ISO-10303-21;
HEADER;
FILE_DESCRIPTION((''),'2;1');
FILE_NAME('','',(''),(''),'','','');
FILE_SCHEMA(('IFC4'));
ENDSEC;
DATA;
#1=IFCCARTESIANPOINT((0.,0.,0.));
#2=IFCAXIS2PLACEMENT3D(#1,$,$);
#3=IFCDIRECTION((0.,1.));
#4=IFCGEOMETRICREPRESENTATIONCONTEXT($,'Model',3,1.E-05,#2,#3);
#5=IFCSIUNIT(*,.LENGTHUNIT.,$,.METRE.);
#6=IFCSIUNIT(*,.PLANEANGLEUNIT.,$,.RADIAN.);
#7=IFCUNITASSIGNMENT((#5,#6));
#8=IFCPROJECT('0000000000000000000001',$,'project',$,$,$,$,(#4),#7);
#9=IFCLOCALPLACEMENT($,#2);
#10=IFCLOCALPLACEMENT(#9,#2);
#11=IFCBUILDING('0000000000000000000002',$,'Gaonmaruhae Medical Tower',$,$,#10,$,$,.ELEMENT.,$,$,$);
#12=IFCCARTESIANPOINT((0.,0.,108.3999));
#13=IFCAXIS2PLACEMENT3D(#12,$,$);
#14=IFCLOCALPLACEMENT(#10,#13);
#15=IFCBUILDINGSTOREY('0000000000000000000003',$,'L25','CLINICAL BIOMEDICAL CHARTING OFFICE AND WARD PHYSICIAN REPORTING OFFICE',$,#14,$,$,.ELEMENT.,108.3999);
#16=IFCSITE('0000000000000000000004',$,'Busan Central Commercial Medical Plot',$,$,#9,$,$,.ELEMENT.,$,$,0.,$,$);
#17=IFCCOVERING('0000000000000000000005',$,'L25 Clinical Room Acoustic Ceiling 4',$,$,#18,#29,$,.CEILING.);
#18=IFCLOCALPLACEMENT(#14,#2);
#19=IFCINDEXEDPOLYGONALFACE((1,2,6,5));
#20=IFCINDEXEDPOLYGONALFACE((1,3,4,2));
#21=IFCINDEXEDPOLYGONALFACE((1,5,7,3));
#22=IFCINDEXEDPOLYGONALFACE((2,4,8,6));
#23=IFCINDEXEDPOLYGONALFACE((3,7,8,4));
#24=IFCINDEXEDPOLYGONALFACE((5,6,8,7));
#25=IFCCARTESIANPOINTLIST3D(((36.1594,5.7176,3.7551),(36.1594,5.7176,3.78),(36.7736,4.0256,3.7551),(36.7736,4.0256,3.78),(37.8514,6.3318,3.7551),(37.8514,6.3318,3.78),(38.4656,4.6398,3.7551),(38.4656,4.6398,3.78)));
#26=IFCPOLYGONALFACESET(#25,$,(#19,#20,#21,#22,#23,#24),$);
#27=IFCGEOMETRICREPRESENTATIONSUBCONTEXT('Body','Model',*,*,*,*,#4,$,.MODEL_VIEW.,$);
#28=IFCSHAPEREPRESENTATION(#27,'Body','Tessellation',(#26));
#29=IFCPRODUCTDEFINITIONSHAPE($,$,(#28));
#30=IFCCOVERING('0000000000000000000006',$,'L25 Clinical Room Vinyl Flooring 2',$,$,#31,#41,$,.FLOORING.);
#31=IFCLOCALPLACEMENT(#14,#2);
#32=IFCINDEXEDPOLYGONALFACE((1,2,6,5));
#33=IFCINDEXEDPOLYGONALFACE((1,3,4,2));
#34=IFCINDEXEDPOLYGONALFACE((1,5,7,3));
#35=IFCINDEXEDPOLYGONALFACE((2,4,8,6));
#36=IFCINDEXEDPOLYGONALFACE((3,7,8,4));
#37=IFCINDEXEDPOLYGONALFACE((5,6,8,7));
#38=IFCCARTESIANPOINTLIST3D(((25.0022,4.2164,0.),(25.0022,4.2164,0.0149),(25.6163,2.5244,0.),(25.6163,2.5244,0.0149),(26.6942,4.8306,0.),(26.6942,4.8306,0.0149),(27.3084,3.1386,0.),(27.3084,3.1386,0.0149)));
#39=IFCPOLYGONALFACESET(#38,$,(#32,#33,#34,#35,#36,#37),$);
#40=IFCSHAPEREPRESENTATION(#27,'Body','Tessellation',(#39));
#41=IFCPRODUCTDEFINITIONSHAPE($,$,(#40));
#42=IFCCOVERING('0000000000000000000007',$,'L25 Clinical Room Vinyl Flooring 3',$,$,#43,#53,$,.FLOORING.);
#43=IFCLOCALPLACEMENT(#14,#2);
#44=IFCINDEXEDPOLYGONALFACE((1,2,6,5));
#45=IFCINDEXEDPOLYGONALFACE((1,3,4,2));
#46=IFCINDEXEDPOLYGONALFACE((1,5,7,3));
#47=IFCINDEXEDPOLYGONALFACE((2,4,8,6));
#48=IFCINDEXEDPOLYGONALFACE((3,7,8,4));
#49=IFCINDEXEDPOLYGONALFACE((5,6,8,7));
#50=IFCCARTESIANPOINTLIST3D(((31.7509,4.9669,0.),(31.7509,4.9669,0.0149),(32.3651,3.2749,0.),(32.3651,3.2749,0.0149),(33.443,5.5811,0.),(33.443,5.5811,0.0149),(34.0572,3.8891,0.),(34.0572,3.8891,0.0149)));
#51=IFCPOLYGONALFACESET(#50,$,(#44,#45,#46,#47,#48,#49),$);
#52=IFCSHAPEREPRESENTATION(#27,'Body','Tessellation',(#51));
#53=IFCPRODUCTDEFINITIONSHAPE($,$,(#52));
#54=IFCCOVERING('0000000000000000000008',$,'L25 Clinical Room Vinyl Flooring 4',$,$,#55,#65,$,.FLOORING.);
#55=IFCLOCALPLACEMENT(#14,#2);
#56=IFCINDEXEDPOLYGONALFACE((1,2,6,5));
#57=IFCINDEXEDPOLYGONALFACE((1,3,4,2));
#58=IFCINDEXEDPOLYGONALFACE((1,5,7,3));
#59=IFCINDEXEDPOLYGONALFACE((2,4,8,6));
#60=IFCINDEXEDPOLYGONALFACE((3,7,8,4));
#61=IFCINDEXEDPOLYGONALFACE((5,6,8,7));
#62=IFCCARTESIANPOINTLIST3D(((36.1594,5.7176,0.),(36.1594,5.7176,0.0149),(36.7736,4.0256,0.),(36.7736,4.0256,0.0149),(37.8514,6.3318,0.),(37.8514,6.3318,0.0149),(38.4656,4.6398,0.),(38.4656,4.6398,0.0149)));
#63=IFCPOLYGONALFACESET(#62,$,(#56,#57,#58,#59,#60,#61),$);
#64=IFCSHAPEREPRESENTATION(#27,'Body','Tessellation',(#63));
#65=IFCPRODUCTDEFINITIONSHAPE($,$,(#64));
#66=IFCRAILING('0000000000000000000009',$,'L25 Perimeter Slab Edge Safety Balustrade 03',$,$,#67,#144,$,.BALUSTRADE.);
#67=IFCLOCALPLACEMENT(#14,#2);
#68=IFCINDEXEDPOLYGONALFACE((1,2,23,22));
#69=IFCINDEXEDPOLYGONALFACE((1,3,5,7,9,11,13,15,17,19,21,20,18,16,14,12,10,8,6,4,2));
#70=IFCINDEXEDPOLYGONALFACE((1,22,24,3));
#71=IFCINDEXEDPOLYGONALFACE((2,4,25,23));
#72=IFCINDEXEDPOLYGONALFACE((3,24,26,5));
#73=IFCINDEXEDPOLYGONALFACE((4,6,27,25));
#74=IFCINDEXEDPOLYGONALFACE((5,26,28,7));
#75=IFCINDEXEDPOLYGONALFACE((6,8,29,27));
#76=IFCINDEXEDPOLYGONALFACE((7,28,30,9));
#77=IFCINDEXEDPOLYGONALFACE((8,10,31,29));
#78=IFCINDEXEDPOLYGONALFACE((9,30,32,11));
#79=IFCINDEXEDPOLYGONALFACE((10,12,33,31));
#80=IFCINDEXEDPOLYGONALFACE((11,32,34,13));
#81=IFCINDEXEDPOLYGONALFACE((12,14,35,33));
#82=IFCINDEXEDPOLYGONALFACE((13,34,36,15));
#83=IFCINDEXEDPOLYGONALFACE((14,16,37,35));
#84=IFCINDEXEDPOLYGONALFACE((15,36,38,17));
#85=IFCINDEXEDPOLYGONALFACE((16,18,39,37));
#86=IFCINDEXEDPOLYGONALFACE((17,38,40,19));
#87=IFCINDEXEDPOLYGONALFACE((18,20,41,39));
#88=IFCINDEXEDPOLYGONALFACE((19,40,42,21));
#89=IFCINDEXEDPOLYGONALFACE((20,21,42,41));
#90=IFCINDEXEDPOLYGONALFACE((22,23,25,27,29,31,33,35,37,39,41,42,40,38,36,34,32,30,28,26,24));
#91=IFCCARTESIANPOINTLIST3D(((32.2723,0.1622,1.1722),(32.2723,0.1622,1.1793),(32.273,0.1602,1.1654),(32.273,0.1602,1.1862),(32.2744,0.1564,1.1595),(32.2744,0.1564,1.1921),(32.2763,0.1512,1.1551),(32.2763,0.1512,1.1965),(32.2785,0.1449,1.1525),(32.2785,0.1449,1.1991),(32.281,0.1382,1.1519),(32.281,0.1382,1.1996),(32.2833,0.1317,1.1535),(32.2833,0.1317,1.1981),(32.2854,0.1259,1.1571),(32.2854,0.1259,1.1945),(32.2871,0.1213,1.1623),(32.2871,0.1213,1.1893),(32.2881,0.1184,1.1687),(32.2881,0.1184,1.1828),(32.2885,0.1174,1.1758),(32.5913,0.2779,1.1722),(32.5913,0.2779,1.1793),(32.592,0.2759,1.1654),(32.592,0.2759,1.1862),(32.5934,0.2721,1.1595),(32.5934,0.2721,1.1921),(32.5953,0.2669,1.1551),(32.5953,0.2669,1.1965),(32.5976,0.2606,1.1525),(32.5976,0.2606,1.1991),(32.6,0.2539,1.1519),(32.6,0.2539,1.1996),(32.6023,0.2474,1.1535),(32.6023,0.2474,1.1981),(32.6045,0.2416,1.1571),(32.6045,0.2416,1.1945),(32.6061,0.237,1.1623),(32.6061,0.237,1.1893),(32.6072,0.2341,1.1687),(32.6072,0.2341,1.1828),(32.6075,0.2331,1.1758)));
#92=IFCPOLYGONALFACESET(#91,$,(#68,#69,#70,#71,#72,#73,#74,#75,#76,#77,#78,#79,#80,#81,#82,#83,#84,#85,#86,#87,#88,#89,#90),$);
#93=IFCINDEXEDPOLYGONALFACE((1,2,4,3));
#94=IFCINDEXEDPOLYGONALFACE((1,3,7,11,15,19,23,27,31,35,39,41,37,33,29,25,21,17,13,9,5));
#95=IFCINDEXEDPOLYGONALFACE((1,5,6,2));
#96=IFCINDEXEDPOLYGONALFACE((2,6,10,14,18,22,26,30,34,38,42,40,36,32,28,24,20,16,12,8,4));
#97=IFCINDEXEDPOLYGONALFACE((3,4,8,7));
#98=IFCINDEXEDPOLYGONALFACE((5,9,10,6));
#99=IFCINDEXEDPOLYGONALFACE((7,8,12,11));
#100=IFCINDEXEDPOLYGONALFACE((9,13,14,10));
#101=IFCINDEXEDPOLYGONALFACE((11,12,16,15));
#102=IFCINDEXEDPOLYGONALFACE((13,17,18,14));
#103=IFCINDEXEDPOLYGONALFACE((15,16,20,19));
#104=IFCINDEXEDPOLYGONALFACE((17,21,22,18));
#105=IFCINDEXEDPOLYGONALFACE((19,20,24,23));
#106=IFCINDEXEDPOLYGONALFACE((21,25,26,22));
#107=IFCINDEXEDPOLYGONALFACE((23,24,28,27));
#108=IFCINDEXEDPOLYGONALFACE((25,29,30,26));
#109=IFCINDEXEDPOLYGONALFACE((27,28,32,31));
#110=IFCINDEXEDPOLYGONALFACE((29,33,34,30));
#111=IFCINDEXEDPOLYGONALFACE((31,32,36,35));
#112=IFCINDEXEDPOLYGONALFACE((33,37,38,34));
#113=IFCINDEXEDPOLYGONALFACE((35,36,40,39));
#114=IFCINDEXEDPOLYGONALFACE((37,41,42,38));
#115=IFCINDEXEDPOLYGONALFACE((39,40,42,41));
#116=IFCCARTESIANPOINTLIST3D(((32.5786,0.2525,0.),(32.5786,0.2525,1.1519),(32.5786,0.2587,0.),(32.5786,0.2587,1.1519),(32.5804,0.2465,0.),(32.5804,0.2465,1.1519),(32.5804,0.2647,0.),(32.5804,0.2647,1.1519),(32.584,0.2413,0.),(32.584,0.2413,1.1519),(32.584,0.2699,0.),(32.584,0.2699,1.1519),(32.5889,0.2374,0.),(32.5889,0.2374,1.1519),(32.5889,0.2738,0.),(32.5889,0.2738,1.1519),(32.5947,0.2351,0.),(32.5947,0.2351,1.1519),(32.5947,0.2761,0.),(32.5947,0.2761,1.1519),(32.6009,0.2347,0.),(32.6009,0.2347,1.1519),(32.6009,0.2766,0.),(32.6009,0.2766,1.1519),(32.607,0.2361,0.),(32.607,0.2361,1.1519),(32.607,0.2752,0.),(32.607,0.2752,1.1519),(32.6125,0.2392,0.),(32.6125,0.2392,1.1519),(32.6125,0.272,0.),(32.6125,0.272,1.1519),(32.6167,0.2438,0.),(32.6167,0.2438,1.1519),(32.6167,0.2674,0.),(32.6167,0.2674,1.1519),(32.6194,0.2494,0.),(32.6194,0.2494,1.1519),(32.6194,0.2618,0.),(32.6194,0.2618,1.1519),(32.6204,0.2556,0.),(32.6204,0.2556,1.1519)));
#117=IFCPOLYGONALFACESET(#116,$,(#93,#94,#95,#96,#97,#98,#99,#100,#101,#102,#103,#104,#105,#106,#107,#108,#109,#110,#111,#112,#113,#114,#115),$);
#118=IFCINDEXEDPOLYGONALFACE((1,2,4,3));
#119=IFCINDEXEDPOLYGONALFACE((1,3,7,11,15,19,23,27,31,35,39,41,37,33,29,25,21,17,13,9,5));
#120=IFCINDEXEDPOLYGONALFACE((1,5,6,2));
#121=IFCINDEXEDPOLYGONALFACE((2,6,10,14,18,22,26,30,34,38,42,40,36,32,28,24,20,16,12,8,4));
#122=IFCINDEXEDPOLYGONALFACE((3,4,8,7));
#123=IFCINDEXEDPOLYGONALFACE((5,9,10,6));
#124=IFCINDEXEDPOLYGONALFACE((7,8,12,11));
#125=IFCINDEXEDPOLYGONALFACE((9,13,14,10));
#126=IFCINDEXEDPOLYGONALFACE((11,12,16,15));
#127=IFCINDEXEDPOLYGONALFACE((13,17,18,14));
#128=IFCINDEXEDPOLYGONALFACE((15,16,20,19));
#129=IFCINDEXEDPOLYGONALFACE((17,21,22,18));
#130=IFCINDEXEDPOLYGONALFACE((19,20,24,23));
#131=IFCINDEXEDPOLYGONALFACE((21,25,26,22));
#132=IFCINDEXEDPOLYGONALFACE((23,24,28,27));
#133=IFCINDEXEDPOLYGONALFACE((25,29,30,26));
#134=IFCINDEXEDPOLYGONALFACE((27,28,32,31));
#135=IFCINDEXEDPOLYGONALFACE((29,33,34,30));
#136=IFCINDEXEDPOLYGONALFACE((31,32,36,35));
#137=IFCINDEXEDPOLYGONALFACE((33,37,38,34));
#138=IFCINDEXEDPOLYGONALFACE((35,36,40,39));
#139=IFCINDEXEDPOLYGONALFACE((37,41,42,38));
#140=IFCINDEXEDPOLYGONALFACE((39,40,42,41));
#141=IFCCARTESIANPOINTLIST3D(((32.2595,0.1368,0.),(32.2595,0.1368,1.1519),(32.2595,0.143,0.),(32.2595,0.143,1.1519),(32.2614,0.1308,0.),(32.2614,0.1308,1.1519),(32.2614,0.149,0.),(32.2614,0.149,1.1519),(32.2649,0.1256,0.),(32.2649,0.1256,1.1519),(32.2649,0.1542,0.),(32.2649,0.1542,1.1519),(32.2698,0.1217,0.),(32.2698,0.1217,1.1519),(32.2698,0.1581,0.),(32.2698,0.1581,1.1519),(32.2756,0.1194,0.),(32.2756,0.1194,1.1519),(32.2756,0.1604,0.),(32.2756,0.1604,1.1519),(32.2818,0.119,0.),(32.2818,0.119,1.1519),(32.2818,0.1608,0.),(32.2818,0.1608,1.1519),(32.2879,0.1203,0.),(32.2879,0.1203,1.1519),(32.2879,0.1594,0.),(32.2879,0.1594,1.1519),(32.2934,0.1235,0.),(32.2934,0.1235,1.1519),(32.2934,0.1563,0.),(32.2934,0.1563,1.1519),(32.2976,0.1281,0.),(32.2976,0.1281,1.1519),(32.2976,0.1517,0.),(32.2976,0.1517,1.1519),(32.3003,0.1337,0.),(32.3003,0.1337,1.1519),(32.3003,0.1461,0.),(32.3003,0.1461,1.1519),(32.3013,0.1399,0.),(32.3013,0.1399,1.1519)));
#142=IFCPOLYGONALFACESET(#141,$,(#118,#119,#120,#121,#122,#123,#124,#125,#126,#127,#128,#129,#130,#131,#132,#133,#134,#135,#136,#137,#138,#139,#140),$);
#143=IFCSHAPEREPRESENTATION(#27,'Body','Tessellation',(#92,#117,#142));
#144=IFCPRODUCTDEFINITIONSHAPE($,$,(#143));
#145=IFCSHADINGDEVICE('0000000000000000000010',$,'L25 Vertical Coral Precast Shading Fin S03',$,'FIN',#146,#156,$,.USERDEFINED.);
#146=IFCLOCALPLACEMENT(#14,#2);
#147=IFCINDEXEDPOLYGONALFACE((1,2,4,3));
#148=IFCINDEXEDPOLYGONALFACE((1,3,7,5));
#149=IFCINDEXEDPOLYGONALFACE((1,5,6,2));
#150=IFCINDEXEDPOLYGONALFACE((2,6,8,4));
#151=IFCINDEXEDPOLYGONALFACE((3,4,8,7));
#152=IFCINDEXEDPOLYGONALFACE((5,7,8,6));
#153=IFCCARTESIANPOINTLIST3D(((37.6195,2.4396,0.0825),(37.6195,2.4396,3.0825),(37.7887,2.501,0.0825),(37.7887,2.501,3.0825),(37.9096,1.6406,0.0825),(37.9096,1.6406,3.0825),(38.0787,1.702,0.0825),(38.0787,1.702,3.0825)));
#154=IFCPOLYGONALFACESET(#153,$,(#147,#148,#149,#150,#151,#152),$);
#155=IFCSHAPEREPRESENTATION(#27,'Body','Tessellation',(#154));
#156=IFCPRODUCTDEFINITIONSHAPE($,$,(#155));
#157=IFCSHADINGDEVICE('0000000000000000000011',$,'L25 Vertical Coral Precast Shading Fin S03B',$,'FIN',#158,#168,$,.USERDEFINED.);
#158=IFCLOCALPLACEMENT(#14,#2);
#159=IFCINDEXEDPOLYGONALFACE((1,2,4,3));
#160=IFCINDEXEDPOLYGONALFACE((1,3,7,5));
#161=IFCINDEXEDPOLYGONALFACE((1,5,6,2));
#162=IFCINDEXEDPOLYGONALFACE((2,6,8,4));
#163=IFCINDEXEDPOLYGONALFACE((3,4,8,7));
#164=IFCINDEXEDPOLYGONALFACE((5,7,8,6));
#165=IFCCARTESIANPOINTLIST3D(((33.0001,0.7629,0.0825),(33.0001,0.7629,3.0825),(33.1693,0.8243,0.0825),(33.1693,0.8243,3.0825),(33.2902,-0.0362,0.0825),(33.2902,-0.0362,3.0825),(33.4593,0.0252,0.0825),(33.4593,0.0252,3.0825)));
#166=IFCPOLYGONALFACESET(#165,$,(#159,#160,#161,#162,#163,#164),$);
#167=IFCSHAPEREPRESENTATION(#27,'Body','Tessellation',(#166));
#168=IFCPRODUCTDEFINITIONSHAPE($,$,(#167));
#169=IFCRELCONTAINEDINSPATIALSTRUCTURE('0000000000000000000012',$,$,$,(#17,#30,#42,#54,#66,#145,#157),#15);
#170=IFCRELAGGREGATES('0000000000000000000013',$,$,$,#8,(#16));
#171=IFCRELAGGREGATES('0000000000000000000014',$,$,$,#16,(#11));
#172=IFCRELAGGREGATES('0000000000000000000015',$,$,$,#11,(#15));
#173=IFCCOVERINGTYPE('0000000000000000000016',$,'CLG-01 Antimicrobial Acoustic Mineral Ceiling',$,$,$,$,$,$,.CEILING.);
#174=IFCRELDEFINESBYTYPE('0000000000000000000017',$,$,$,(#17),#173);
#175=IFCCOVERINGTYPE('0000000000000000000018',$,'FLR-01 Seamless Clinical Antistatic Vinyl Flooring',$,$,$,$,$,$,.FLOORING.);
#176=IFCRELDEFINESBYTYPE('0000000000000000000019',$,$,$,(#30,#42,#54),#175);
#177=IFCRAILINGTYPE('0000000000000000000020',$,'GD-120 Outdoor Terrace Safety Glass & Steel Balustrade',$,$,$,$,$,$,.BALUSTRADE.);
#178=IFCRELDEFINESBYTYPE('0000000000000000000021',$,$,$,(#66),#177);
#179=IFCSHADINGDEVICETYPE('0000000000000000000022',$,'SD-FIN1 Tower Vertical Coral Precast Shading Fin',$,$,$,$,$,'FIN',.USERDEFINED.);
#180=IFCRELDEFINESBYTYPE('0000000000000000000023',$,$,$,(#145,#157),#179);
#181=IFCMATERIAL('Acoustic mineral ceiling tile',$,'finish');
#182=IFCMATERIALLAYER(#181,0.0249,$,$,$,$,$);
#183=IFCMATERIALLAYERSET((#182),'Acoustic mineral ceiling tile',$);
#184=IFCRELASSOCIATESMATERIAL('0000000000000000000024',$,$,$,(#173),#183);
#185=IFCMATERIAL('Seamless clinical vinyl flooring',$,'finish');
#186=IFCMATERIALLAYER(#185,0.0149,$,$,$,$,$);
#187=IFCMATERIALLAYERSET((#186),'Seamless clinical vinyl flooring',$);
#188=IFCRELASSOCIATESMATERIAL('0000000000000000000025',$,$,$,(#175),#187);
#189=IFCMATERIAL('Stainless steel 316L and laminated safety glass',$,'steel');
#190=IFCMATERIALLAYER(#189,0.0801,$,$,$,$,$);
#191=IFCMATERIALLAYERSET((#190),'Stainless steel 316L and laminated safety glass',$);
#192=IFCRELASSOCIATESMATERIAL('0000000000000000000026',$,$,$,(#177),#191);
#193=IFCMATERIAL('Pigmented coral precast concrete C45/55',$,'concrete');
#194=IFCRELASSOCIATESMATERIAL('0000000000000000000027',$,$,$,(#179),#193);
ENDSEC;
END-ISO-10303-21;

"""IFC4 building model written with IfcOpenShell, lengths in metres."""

from ifc_helpers import new_model, si_unit, direction, frame, origin, origin_2d, place, context, subcontext, project, spatial, rectangle, circle, extrude, material, layer, layer_set, type_object, element, save


model = new_model("IFC4")

# Units and contexts
model_context = context("Model", 3, precision=1e-05, world=origin(), true_north=direction((0.0, 1.0)))
body_context = subcontext(model_context, "Body", "Model", "MODEL_VIEW")
ifc_project = project(units=[si_unit("LENGTHUNIT", "METRE"), si_unit("PLANEANGLEUNIT", "RADIAN")], contexts=[model_context])

# Site, building, storey
site_placement = place(None, origin())
site = spatial("IfcSite", under=ifc_project, at=site_placement, Name="Busan Central Commercial Medical Plot", CompositionType="ELEMENT", RefElevation=0.0)
building_placement = place(site_placement, origin())
building = spatial("IfcBuilding", under=site, at=building_placement, Name="Gaonmaruhae Medical Tower", CompositionType="ELEMENT")
storey_placement = place(building_placement, frame((0.0, 0.0, 108.3999)))
storey = spatial("IfcBuildingStorey", under=building, at=storey_placement, Name="L25", Description="CLINICAL BIOMEDICAL CHARTING OFFICE AND WARD PHYSICIAN REPORTING OFFICE", CompositionType="ELEMENT", Elevation=108.3999)

# Coverings
ifc_material_1 = material(Name="Acoustic mineral ceiling tile", Category="finish")
ifc_layer_1 = layer(ifc_material_1, 0.0249)
ifc_layer_set_1 = layer_set([ifc_layer_1], Name="Acoustic mineral ceiling tile")
covering_type_1 = type_object("IfcCoveringType", Name="CLG-01 Antimicrobial Acoustic Mineral Ceiling", PredefinedType="CEILING", material=ifc_layer_set_1)
for number, where, z_axis, x_axis, name in (
    (1, (37.3125, 5.1787, 3.7551), (0.0, 0.0, 1.0), (0.939991, 0.3412, 0.0), "L25 Clinical Room Acoustic Ceiling 4"),
):
    element("IfcCovering", number, at=place(storey_placement, frame(where, z_axis=z_axis, x_axis=x_axis)), inside=storey, type_object=covering_type_1, Name=name, PredefinedType="CEILING", context=body_context, shape_type="SweptSolid", body=[
        extrude(rectangle(XDim=1.8, YDim=1.8, at=origin_2d()), origin(), (0.0, 0.0, 1.0), 0.0249),
    ])
ifc_material_2 = material(Name="Seamless clinical vinyl flooring", Category="finish")
ifc_layer_2 = layer(ifc_material_2, 0.0149)
ifc_layer_set_2 = layer_set([ifc_layer_2], Name="Seamless clinical vinyl flooring")
covering_type_2 = type_object("IfcCoveringType", Name="FLR-01 Seamless Clinical Antistatic Vinyl Flooring", PredefinedType="FLOORING", material=ifc_layer_set_2)
for number, where, z_axis, x_axis, name in (
    (2, (26.1553, 3.6775, 0.0), (0.0, 0.0, 1.0), (0.939991, 0.3412, 0.0), "L25 Clinical Room Vinyl Flooring 2"),
    (3, (32.9041, 4.428, 0.0), (0.0, 0.0, 1.0), (0.939991, 0.3412, 0.0), "L25 Clinical Room Vinyl Flooring 3"),
    (4, (37.3125, 5.1787, 0.0), (0.0, 0.0, 1.0), (0.939991, 0.3412, 0.0), "L25 Clinical Room Vinyl Flooring 4"),
):
    element("IfcCovering", number, at=place(storey_placement, frame(where, z_axis=z_axis, x_axis=x_axis)), inside=storey, type_object=covering_type_2, Name=name, PredefinedType="FLOORING", context=body_context, shape_type="SweptSolid", body=[
        extrude(rectangle(XDim=1.8, YDim=1.8, at=origin_2d()), origin(), (0.0, 0.0, 1.0), 0.0149),
    ])

# Railing
ifc_material_3 = material(Name="Stainless steel 316L and laminated safety glass", Category="steel")
ifc_layer_3 = layer(ifc_material_3, 0.0801)
ifc_layer_set_3 = layer_set([ifc_layer_3], Name="Stainless steel 316L and laminated safety glass")
railing_type = type_object("IfcRailingType", Name="GD-120 Outdoor Terrace Safety Glass & Steel Balustrade", PredefinedType="BALUSTRADE", material=ifc_layer_set_3)
railing_placement = place(storey_placement, frame((32.5994, 0.2556, 0.0)))
element("IfcRailing", 5, at=railing_placement, inside=storey, type_object=railing_type, Name="L25 Perimeter Slab Edge Safety Balustrade 03", PredefinedType="BALUSTRADE", context=body_context, shape_type="SweptSolid", body=[
    extrude(circle(Radius=0.0239, at=origin_2d()), frame((0.0, 0.0, 1.1758), z_axis=(-0.940087, -0.340934, 0.0), x_axis=(0.340934, -0.940087, 0.0)), (0.0, 0.0, 1.0), 0.3394),
    extrude(circle(Radius=0.021, at=origin_2d()), origin(), (0.0, 0.0, 1.0), 1.1519),
    extrude(circle(Radius=0.021, at=origin_2d()), frame((-0.3191, -0.1157, 0.0)), (0.0, 0.0, 1.0), 1.1519),
])

# Shading devices
ifc_material_4 = material(Name="Pigmented coral precast concrete C45/55", Category="concrete")
shading_device_type = type_object("IfcShadingDeviceType", Name="SD-FIN1 Tower Vertical Coral Precast Shading Fin", ElementType="FIN", PredefinedType="USERDEFINED", material=ifc_material_4)
for number, where, z_axis, x_axis, name in (
    (6, (37.8491, 2.0708, 0.0825), (0.0, 0.0, 1.0), (-0.939991, -0.3412, 0.0), "L25 Vertical Coral Precast Shading Fin S03"),
    (7, (33.2297, 0.394, 0.0825), (0.0, 0.0, 1.0), (-0.939991, -0.3412, 0.0), "L25 Vertical Coral Precast Shading Fin S03B"),
):
    element("IfcShadingDevice", number, at=place(storey_placement, frame(where, z_axis=z_axis, x_axis=x_axis)), inside=storey, type_object=shading_device_type, Name=name, ObjectType="FIN", PredefinedType="USERDEFINED", context=body_context, shape_type="SweptSolid", body=[
        extrude(rectangle(XDim=0.1799, YDim=0.8501, at=origin_2d()), origin(), (0.0, 0.0, 1.0), 3.0),
    ])

save(model, "model.ifc")
